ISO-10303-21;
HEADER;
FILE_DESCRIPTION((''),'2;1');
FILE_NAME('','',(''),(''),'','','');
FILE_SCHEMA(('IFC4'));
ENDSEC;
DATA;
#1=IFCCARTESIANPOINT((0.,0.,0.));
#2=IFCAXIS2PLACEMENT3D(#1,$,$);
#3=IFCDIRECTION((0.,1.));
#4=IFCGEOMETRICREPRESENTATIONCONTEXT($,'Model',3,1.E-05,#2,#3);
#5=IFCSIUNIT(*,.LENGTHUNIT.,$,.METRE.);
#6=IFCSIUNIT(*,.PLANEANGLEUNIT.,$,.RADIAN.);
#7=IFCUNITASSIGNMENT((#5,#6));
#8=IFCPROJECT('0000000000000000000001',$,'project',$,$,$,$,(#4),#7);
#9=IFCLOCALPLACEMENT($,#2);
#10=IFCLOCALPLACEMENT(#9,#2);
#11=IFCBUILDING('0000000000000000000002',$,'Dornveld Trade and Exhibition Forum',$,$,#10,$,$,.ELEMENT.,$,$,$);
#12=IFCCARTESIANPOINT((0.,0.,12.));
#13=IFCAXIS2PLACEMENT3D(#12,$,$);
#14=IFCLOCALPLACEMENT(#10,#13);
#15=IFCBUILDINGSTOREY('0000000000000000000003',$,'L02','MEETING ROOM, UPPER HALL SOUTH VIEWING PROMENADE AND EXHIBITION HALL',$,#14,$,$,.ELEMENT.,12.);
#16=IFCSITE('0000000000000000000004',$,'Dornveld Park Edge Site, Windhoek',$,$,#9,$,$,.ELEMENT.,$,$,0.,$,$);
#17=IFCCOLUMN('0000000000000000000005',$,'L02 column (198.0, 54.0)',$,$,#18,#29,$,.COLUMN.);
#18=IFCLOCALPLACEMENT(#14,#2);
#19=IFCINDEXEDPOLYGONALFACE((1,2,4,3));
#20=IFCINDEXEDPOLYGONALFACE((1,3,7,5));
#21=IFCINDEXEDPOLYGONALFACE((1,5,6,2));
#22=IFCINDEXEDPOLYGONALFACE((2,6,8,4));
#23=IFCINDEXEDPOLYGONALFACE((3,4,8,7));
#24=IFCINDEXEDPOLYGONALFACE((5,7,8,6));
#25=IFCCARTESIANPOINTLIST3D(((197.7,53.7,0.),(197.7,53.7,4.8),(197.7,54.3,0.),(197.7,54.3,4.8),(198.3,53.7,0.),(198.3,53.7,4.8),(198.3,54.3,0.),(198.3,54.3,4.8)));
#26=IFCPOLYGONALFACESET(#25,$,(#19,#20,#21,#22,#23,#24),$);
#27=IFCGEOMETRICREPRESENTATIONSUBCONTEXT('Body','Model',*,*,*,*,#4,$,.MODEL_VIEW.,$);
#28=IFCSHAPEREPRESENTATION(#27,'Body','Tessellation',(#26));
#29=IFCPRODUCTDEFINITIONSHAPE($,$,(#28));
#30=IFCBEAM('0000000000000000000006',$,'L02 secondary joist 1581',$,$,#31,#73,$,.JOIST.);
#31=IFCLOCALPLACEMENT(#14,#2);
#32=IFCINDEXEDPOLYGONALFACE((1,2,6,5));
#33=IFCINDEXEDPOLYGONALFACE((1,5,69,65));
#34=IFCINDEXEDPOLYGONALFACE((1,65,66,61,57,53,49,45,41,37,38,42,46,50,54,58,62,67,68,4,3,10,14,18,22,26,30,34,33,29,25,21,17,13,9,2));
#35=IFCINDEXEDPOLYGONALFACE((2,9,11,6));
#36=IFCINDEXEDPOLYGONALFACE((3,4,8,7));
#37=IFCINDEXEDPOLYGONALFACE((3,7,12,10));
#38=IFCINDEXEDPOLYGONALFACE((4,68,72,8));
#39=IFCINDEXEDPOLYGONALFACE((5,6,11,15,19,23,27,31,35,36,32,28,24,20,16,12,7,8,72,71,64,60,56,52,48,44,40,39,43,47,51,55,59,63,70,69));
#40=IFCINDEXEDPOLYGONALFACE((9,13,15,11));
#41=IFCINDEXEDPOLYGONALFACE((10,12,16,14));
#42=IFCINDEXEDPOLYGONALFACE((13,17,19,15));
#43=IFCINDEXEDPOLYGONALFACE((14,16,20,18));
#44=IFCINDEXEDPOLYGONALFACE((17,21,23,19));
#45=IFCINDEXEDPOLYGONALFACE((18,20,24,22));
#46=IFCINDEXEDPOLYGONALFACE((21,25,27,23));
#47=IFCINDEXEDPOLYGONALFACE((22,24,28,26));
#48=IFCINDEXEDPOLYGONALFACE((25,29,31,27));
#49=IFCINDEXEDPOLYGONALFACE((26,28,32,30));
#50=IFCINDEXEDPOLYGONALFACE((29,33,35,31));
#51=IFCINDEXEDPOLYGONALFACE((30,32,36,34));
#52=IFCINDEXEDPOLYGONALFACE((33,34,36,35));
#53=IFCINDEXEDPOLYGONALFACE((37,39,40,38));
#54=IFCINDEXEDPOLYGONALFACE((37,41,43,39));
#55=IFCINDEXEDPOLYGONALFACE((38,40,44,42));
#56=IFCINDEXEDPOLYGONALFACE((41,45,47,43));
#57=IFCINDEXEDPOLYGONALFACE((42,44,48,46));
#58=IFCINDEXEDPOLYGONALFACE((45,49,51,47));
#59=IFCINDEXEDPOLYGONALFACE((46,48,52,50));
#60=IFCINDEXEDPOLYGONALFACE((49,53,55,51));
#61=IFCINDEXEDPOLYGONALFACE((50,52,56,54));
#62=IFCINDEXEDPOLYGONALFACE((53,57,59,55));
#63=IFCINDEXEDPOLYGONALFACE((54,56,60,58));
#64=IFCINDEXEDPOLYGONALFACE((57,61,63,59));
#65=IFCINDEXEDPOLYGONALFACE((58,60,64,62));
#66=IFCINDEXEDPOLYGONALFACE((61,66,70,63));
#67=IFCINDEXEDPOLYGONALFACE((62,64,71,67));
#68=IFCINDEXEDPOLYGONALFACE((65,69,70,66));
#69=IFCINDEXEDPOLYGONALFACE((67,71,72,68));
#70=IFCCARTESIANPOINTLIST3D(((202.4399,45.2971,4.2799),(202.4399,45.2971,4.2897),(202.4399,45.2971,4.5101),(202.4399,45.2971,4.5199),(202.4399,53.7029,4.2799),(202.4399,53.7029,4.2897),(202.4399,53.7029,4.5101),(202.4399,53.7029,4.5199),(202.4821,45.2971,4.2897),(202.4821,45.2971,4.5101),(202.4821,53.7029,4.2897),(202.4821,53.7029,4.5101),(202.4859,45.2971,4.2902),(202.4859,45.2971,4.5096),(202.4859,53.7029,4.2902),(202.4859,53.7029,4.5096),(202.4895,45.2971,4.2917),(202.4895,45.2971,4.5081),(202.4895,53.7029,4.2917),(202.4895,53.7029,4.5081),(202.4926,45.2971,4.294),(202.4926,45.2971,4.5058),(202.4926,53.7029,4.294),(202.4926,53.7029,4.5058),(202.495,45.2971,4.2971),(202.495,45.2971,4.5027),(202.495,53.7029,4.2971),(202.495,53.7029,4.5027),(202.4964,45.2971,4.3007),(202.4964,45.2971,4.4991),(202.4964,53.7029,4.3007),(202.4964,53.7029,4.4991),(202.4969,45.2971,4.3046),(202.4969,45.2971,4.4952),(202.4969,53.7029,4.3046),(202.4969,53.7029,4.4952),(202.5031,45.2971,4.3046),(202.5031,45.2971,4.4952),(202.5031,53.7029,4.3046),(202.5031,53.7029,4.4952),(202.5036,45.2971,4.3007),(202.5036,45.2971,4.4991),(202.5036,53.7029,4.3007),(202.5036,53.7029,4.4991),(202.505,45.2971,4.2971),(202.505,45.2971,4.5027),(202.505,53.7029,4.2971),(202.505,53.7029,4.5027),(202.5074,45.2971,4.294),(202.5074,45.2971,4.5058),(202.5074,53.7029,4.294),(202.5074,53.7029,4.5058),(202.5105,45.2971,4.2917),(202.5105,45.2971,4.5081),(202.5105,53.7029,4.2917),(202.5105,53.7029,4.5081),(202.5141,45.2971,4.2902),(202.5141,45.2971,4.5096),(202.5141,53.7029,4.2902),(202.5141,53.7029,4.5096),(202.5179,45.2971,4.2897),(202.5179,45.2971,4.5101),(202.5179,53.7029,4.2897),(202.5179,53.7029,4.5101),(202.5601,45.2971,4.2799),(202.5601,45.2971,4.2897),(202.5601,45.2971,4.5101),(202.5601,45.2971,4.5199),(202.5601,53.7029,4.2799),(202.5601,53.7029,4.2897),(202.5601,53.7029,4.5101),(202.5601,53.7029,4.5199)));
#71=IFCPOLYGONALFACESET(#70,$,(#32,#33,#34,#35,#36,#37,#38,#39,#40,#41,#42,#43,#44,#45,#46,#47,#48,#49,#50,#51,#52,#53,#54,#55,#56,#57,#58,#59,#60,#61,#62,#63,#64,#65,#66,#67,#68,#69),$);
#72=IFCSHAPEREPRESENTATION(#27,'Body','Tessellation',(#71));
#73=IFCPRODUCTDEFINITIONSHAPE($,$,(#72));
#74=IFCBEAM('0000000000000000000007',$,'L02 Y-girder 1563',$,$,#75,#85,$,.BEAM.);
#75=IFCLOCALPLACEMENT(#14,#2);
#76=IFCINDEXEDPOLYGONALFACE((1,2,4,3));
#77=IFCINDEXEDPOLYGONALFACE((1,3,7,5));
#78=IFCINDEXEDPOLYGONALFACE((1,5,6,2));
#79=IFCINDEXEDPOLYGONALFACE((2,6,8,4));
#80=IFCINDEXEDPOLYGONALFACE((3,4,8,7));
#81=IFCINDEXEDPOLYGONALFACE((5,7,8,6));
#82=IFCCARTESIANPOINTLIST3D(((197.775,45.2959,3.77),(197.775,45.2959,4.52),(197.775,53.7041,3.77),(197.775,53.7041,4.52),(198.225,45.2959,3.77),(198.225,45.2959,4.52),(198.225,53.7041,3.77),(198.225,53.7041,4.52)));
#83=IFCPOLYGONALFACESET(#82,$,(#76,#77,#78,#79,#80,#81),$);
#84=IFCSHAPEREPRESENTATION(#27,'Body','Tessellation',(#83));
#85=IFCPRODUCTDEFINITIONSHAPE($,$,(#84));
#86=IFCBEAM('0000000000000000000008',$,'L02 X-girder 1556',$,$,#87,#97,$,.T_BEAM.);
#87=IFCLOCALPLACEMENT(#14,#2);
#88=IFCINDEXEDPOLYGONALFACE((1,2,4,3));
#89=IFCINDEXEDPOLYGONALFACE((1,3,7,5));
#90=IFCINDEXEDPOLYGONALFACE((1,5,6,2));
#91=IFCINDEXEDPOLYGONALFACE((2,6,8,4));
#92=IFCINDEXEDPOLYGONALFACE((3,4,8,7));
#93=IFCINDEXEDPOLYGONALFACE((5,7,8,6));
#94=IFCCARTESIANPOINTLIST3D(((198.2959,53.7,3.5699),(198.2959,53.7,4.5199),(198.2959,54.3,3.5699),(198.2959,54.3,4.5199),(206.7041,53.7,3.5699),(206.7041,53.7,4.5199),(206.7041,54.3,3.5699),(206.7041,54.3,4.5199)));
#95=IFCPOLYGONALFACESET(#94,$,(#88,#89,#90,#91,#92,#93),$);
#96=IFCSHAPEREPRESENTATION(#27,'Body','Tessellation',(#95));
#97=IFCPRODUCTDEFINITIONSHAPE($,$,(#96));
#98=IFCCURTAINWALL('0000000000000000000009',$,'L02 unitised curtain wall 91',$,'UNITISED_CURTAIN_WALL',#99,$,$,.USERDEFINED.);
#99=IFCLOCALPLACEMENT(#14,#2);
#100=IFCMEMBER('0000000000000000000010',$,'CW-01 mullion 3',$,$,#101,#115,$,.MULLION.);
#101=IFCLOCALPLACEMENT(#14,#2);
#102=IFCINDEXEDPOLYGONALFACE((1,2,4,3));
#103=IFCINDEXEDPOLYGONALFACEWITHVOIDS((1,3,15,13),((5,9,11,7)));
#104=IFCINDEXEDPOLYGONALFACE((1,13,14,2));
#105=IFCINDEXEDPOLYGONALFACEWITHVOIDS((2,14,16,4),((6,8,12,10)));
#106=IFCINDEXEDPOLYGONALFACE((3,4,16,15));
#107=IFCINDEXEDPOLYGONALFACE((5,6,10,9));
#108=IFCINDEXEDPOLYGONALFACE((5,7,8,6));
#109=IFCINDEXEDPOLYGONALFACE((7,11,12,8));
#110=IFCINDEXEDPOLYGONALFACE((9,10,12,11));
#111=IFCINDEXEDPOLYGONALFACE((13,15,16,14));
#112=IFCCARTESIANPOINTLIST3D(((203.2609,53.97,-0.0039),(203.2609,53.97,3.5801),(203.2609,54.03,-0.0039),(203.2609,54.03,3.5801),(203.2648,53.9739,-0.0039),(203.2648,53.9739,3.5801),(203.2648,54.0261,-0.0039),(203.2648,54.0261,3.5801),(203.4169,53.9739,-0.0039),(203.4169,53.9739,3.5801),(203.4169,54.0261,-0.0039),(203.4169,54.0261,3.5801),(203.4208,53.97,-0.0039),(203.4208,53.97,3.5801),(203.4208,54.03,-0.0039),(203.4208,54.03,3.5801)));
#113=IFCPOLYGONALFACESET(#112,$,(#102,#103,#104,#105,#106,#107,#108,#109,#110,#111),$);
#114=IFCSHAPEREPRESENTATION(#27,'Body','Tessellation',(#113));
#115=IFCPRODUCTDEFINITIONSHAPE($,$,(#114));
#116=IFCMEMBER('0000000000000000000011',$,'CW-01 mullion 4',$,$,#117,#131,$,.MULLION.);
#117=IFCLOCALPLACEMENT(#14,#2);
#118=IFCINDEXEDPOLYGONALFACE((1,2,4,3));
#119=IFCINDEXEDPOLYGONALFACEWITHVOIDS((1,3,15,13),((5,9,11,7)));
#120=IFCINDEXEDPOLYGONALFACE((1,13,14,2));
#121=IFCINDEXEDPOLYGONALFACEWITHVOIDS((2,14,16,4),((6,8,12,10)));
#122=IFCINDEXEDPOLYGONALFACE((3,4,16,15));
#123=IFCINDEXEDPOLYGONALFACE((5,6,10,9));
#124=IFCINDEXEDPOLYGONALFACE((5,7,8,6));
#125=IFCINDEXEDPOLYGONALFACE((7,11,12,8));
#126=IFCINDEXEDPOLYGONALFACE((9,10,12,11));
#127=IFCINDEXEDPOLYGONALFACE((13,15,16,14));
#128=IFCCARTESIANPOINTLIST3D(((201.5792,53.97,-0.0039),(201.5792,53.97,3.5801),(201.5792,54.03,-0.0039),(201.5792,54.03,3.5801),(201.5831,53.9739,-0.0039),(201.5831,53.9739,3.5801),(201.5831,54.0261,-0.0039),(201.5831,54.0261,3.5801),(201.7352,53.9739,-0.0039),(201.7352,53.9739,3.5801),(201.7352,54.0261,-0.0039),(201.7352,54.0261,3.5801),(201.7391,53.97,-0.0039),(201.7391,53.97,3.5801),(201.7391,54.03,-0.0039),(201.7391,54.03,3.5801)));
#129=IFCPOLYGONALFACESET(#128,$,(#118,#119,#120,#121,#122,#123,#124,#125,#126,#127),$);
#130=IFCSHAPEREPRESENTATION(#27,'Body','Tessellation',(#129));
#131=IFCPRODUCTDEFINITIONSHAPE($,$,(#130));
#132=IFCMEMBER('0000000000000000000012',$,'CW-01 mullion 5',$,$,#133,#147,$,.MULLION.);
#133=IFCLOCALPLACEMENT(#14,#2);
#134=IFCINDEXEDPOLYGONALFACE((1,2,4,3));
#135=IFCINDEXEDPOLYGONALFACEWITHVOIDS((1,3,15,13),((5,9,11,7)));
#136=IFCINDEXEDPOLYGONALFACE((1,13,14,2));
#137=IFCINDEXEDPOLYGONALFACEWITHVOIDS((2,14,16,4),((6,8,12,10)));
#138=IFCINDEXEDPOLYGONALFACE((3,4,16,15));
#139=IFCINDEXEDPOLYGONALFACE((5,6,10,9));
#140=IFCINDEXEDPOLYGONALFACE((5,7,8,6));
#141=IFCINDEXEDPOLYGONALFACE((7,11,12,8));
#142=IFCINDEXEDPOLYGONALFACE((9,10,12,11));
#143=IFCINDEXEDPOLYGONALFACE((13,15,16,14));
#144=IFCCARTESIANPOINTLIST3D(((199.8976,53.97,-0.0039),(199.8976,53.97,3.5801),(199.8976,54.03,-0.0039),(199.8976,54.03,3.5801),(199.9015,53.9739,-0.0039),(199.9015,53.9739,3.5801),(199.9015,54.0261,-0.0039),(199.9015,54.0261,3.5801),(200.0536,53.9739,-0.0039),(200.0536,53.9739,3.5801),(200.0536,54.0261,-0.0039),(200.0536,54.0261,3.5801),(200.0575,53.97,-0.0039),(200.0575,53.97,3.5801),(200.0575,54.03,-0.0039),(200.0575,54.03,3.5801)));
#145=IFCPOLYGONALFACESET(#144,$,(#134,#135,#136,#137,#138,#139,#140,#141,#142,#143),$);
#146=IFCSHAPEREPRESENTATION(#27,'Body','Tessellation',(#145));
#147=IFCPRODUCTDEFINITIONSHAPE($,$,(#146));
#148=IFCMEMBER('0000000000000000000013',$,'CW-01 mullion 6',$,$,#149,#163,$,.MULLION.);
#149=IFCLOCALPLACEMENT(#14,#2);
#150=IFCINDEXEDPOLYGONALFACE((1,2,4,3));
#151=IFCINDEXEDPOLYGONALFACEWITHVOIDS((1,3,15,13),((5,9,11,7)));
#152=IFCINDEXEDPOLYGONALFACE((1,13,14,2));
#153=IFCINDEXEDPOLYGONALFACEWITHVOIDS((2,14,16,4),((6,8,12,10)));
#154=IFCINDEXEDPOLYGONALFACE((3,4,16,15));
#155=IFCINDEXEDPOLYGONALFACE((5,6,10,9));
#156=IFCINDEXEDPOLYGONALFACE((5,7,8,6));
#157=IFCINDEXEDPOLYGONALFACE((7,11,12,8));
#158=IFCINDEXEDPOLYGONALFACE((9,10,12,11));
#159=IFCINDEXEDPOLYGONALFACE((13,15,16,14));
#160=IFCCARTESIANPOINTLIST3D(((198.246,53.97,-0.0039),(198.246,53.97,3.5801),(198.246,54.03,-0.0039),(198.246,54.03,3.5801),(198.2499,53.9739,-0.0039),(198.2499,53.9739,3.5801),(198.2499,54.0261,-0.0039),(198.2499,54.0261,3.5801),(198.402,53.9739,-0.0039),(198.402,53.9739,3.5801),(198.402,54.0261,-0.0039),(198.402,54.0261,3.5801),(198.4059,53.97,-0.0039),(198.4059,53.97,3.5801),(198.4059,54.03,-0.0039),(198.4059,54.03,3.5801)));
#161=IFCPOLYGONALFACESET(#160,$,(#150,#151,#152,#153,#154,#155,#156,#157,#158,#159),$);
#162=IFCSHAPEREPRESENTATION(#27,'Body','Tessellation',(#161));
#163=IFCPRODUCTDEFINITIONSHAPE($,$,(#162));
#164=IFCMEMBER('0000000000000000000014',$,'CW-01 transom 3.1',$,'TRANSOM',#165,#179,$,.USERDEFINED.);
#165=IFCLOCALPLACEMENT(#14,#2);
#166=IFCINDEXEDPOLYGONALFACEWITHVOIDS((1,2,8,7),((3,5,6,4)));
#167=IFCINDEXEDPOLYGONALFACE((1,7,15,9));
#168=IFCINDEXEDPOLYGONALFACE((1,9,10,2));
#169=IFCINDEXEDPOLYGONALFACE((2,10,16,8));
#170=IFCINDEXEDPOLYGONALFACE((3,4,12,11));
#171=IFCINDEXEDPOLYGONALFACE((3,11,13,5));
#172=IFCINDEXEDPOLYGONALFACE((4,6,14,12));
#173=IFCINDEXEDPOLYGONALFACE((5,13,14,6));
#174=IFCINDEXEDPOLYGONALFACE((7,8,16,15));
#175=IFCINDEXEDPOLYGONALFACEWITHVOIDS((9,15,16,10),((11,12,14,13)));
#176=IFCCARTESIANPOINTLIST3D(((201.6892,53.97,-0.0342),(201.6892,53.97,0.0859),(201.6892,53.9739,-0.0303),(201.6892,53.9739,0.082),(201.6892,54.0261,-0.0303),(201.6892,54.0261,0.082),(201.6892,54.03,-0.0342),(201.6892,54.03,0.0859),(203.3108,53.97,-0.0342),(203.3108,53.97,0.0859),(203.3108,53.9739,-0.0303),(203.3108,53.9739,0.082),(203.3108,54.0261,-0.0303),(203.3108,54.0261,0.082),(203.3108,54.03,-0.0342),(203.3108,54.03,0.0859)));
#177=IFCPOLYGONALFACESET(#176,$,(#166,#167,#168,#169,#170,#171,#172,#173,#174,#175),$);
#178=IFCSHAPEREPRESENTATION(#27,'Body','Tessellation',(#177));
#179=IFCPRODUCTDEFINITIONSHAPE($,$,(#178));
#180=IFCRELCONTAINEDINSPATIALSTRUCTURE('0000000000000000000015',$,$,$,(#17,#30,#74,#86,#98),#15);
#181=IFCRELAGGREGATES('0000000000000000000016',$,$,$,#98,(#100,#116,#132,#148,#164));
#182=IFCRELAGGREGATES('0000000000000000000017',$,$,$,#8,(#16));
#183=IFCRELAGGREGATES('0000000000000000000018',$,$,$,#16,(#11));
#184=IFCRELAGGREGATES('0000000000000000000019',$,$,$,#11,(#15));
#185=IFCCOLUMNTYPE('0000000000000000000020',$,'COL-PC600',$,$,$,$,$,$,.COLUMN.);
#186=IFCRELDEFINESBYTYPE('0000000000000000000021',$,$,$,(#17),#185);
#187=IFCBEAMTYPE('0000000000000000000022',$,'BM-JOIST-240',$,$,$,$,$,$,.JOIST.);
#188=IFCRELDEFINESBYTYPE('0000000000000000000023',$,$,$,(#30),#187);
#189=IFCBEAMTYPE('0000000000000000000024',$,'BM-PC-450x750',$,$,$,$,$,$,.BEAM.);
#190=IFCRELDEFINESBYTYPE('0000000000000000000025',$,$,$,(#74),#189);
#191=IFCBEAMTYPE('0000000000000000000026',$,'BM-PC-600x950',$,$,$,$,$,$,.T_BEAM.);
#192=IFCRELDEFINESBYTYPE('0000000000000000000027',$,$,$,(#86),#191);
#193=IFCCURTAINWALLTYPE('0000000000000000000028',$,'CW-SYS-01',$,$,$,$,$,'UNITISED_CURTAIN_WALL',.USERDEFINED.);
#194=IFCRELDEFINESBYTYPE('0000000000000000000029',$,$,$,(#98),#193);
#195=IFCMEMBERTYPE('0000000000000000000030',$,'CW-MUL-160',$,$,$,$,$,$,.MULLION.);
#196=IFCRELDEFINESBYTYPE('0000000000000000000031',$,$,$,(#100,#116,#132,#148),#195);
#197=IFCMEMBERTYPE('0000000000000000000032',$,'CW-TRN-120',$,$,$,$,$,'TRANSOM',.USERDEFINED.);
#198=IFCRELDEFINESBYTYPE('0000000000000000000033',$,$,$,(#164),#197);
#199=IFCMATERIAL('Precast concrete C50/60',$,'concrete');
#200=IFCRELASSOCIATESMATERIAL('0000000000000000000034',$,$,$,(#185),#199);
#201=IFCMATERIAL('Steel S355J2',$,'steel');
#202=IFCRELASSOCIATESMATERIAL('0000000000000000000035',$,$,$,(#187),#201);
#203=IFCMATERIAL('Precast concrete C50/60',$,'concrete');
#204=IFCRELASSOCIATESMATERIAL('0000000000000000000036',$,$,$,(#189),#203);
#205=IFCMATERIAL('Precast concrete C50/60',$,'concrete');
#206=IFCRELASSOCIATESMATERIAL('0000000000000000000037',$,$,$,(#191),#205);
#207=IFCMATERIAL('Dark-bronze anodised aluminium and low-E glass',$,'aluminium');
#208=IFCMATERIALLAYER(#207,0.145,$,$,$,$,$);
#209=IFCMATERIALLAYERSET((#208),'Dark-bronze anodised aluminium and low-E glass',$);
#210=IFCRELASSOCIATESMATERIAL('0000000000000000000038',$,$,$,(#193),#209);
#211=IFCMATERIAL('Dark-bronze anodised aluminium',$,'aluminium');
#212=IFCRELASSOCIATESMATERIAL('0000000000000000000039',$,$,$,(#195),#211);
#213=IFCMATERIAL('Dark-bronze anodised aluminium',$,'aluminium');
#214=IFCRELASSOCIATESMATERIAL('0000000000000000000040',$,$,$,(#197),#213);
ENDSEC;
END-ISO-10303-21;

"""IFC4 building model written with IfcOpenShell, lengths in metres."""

from ifc_helpers import new_model, si_unit, direction, frame, origin, origin_2d, place, context, subcontext, project, spatial, rectangle, hollow_rectangle, i_section, extrude, material, layer, layer_set, material_profile, profile_set, type_object, element, aggregate, save


model = new_model("IFC4")

# Units and contexts
model_context = context("Model", 3, precision=1e-05, world=origin(), true_north=direction((0.0, 1.0)))
body_context = subcontext(model_context, "Body", "Model", "MODEL_VIEW")
ifc_project = project(units=[si_unit("LENGTHUNIT", "METRE"), si_unit("PLANEANGLEUNIT", "RADIAN")], contexts=[model_context])

# Site, building, storey
site_placement = place(None, origin())
site = spatial("IfcSite", under=ifc_project, at=site_placement, Name="Dornveld Park Edge Site, Windhoek", CompositionType="ELEMENT", RefElevation=0.0)
building_placement = place(site_placement, origin())
building = spatial("IfcBuilding", under=site, at=building_placement, Name="Dornveld Trade and Exhibition Forum", CompositionType="ELEMENT")
storey_placement = place(building_placement, frame((0.0, 0.0, 12.0)))
storey = spatial("IfcBuildingStorey", under=building, at=storey_placement, Name="L02", Description="MEETING ROOM, UPPER HALL SOUTH VIEWING PROMENADE AND EXHIBITION HALL", CompositionType="ELEMENT", Elevation=12.0)

# Column
ifc_material_1 = material(Name="Precast concrete C50/60", Category="concrete")
ifc_material_profile_1 = material_profile(ifc_material_1, rectangle(XDim=0.6001, YDim=0.6001, at=origin_2d()), Name="PC-COL 600x600")
ifc_profile_set_1 = profile_set([ifc_material_profile_1], Name="Precast concrete C50/60")
column_type = type_object("IfcColumnType", Name="COL-PC600", PredefinedType="COLUMN", material=ifc_profile_set_1)
column_placement = place(storey_placement, frame((198.0, 54.0, 0.0), z_axis=(0.0, 0.0, 1.0), x_axis=(1.0, 0.0, 0.0)))
element("IfcColumn", 1, at=column_placement, inside=storey, type_object=column_type, Name="L02 column (198.0, 54.0)", PredefinedType="COLUMN", context=body_context, shape_type="SweptSolid", body=[
    extrude(rectangle(XDim=0.6001, YDim=0.6001, at=origin_2d()), origin(), (0.0, 0.0, 1.0), 4.8),
])

# Beams
ifc_material_2 = material(Name="Steel S355J2", Category="steel")
ifc_material_profile_2 = material_profile(ifc_material_2, i_section(OverallWidth=0.1201, OverallDepth=0.24, WebThickness=0.0061, FlangeThickness=0.0098, FilletRadius=0.0149, at=origin_2d()), Name="IPE 240")
ifc_profile_set_2 = profile_set([ifc_material_profile_2], Name="Steel S355J2")
beam_type_1 = type_object("IfcBeamType", Name="BM-JOIST-240", PredefinedType="JOIST", material=ifc_profile_set_2)
beam_1_placement = place(storey_placement, frame((202.5, 45.2971, 4.3999), z_axis=(0.0, 1.0, 0.0), x_axis=(-1.0, 0.0, 0.0)))
element("IfcBeam", 2, at=beam_1_placement, inside=storey, type_object=beam_type_1, Name="L02 secondary joist 1581", PredefinedType="JOIST", context=body_context, shape_type="SweptSolid", body=[
    extrude(i_section(OverallWidth=0.1201, OverallDepth=0.24, WebThickness=0.0061, FlangeThickness=0.0098, FilletRadius=0.0149, at=origin_2d()), origin(), (0.0, 0.0, 1.0), 8.4058),
])
ifc_material_3 = material(Name="Precast concrete C50/60", Category="concrete")
ifc_material_profile_3 = material_profile(ifc_material_3, rectangle(XDim=0.45, YDim=0.75, at=origin_2d()), Name="PC-BM 450x750")
ifc_profile_set_3 = profile_set([ifc_material_profile_3], Name="Precast concrete C50/60")
beam_type_2 = type_object("IfcBeamType", Name="BM-PC-450x750", PredefinedType="BEAM", material=ifc_profile_set_3)
beam_2_placement = place(storey_placement, frame((198.0, 45.2959, 4.145), z_axis=(0.0, 1.0, 0.0), x_axis=(-1.0, 0.0, 0.0)))
element("IfcBeam", 3, at=beam_2_placement, inside=storey, type_object=beam_type_2, Name="L02 Y-girder 1563", PredefinedType="BEAM", context=body_context, shape_type="SweptSolid", body=[
    extrude(rectangle(XDim=0.45, YDim=0.75, at=origin_2d()), origin(), (0.0, 0.0, 1.0), 8.4082),
])
ifc_material_4 = material(Name="Precast concrete C50/60", Category="concrete")
ifc_material_profile_4 = material_profile(ifc_material_4, rectangle(XDim=0.6001, YDim=0.95, at=origin_2d()), Name="PC-GIR 600x950")
ifc_profile_set_4 = profile_set([ifc_material_profile_4], Name="Precast concrete C50/60")
beam_type_3 = type_object("IfcBeamType", Name="BM-PC-600x950", PredefinedType="T_BEAM", material=ifc_profile_set_4)
beam_3_placement = place(storey_placement, frame((198.2959, 54.0, 4.0449), z_axis=(1.0, 0.0, 0.0), x_axis=(0.0, 1.0, 0.0)))
element("IfcBeam", 4, at=beam_3_placement, inside=storey, type_object=beam_type_3, Name="L02 X-girder 1556", PredefinedType="T_BEAM", context=body_context, shape_type="SweptSolid", body=[
    extrude(rectangle(XDim=0.6001, YDim=0.95, at=origin_2d()), origin(), (0.0, 0.0, 1.0), 8.4082),
])

# Curtain wall, members
ifc_material_5 = material(Name="Dark-bronze anodised aluminium and low-E glass", Category="aluminium")
ifc_layer_1 = layer(ifc_material_5, 0.145)
ifc_layer_set_1 = layer_set([ifc_layer_1], Name="Dark-bronze anodised aluminium and low-E glass")
curtain_wall_type = type_object("IfcCurtainWallType", Name="CW-SYS-01", ElementType="UNITISED_CURTAIN_WALL", PredefinedType="USERDEFINED", material=ifc_layer_set_1)
curtain_wall_placement = place(storey_placement, origin())
curtain_wall = element("IfcCurtainWall", 5, at=curtain_wall_placement, inside=storey, type_object=curtain_wall_type, Name="L02 unitised curtain wall 91", ObjectType="UNITISED_CURTAIN_WALL", PredefinedType="USERDEFINED")
ifc_material_6 = material(Name="Dark-bronze anodised aluminium", Category="aluminium")
ifc_material_profile_5 = material_profile(ifc_material_6, hollow_rectangle(XDim=0.0601, YDim=0.1599, WallThickness=0.0039, at=origin_2d()), Name="RHS 160x60x4")
ifc_profile_set_5 = profile_set([ifc_material_profile_5], Name="Dark-bronze anodised aluminium")
member_type_1 = type_object("IfcMemberType", Name="CW-MUL-160", PredefinedType="MULLION", material=ifc_profile_set_5)
member_1_placement = place(storey_placement, frame((203.3408, 54.0, -0.0039), z_axis=(0.0, 0.0, 1.0), x_axis=(0.0, -1.0, 0.0)))
member_1 = element("IfcMember", 6, at=member_1_placement, type_object=member_type_1, Name="CW-01 mullion 3", PredefinedType="MULLION", context=body_context, shape_type="SweptSolid", body=[
    extrude(hollow_rectangle(XDim=0.0601, YDim=0.1599, WallThickness=0.0039, at=origin_2d()), origin(), (0.0, 0.0, 1.0), 3.584),
])
member_2_placement = place(storey_placement, frame((201.6592, 54.0, -0.0039), z_axis=(0.0, 0.0, 1.0), x_axis=(0.0, -1.0, 0.0)))
member_2 = element("IfcMember", 7, at=member_2_placement, type_object=member_type_1, Name="CW-01 mullion 4", PredefinedType="MULLION", context=body_context, shape_type="SweptSolid", body=[
    extrude(hollow_rectangle(XDim=0.0601, YDim=0.1599, WallThickness=0.0039, at=origin_2d()), origin(), (0.0, 0.0, 1.0), 3.584),
])
member_3_placement = place(storey_placement, frame((199.9775, 54.0, -0.0039), z_axis=(0.0, 0.0, 1.0), x_axis=(0.0, -1.0, 0.0)))
member_3 = element("IfcMember", 8, at=member_3_placement, type_object=member_type_1, Name="CW-01 mullion 5", PredefinedType="MULLION", context=body_context, shape_type="SweptSolid", body=[
    extrude(hollow_rectangle(XDim=0.0601, YDim=0.1599, WallThickness=0.0039, at=origin_2d()), origin(), (0.0, 0.0, 1.0), 3.584),
])
member_4_placement = place(storey_placement, frame((198.3259, 54.0, -0.0039), z_axis=(0.0, 0.0, 1.0), x_axis=(0.0, -1.0, 0.0)))
member_4 = element("IfcMember", 9, at=member_4_placement, type_object=member_type_1, Name="CW-01 mullion 6", PredefinedType="MULLION", context=body_context, shape_type="SweptSolid", body=[
    extrude(hollow_rectangle(XDim=0.0601, YDim=0.1599, WallThickness=0.0039, at=origin_2d()), origin(), (0.0, 0.0, 1.0), 3.584),
])
ifc_material_7 = material(Name="Dark-bronze anodised aluminium", Category="aluminium")
ifc_material_profile_6 = material_profile(ifc_material_7, hollow_rectangle(XDim=0.0601, YDim=0.1201, WallThickness=0.0039, at=origin_2d()), Name="RHS 120x60x4")
ifc_profile_set_6 = profile_set([ifc_material_profile_6], Name="Dark-bronze anodised aluminium")
member_type_2 = type_object("IfcMemberType", Name="CW-TRN-120", ElementType="TRANSOM", PredefinedType="USERDEFINED", material=ifc_profile_set_6)
member_5_placement = place(storey_placement, frame((203.3108, 54.0, 0.0259), z_axis=(-1.0, 0.0, 0.0), x_axis=(0.0, -1.0, 0.0)))
member_5 = element("IfcMember", 10, at=member_5_placement, type_object=member_type_2, Name="CW-01 transom 3.1", ObjectType="TRANSOM", PredefinedType="USERDEFINED", context=body_context, shape_type="SweptSolid", body=[
    extrude(hollow_rectangle(XDim=0.0601, YDim=0.1201, WallThickness=0.0039, at=origin_2d()), origin(), (0.0, 0.0, 1.0), 1.6216),
])
aggregate(curtain_wall, [member_1, member_2, member_3, member_4, member_5])

save(model, "model.ifc")
